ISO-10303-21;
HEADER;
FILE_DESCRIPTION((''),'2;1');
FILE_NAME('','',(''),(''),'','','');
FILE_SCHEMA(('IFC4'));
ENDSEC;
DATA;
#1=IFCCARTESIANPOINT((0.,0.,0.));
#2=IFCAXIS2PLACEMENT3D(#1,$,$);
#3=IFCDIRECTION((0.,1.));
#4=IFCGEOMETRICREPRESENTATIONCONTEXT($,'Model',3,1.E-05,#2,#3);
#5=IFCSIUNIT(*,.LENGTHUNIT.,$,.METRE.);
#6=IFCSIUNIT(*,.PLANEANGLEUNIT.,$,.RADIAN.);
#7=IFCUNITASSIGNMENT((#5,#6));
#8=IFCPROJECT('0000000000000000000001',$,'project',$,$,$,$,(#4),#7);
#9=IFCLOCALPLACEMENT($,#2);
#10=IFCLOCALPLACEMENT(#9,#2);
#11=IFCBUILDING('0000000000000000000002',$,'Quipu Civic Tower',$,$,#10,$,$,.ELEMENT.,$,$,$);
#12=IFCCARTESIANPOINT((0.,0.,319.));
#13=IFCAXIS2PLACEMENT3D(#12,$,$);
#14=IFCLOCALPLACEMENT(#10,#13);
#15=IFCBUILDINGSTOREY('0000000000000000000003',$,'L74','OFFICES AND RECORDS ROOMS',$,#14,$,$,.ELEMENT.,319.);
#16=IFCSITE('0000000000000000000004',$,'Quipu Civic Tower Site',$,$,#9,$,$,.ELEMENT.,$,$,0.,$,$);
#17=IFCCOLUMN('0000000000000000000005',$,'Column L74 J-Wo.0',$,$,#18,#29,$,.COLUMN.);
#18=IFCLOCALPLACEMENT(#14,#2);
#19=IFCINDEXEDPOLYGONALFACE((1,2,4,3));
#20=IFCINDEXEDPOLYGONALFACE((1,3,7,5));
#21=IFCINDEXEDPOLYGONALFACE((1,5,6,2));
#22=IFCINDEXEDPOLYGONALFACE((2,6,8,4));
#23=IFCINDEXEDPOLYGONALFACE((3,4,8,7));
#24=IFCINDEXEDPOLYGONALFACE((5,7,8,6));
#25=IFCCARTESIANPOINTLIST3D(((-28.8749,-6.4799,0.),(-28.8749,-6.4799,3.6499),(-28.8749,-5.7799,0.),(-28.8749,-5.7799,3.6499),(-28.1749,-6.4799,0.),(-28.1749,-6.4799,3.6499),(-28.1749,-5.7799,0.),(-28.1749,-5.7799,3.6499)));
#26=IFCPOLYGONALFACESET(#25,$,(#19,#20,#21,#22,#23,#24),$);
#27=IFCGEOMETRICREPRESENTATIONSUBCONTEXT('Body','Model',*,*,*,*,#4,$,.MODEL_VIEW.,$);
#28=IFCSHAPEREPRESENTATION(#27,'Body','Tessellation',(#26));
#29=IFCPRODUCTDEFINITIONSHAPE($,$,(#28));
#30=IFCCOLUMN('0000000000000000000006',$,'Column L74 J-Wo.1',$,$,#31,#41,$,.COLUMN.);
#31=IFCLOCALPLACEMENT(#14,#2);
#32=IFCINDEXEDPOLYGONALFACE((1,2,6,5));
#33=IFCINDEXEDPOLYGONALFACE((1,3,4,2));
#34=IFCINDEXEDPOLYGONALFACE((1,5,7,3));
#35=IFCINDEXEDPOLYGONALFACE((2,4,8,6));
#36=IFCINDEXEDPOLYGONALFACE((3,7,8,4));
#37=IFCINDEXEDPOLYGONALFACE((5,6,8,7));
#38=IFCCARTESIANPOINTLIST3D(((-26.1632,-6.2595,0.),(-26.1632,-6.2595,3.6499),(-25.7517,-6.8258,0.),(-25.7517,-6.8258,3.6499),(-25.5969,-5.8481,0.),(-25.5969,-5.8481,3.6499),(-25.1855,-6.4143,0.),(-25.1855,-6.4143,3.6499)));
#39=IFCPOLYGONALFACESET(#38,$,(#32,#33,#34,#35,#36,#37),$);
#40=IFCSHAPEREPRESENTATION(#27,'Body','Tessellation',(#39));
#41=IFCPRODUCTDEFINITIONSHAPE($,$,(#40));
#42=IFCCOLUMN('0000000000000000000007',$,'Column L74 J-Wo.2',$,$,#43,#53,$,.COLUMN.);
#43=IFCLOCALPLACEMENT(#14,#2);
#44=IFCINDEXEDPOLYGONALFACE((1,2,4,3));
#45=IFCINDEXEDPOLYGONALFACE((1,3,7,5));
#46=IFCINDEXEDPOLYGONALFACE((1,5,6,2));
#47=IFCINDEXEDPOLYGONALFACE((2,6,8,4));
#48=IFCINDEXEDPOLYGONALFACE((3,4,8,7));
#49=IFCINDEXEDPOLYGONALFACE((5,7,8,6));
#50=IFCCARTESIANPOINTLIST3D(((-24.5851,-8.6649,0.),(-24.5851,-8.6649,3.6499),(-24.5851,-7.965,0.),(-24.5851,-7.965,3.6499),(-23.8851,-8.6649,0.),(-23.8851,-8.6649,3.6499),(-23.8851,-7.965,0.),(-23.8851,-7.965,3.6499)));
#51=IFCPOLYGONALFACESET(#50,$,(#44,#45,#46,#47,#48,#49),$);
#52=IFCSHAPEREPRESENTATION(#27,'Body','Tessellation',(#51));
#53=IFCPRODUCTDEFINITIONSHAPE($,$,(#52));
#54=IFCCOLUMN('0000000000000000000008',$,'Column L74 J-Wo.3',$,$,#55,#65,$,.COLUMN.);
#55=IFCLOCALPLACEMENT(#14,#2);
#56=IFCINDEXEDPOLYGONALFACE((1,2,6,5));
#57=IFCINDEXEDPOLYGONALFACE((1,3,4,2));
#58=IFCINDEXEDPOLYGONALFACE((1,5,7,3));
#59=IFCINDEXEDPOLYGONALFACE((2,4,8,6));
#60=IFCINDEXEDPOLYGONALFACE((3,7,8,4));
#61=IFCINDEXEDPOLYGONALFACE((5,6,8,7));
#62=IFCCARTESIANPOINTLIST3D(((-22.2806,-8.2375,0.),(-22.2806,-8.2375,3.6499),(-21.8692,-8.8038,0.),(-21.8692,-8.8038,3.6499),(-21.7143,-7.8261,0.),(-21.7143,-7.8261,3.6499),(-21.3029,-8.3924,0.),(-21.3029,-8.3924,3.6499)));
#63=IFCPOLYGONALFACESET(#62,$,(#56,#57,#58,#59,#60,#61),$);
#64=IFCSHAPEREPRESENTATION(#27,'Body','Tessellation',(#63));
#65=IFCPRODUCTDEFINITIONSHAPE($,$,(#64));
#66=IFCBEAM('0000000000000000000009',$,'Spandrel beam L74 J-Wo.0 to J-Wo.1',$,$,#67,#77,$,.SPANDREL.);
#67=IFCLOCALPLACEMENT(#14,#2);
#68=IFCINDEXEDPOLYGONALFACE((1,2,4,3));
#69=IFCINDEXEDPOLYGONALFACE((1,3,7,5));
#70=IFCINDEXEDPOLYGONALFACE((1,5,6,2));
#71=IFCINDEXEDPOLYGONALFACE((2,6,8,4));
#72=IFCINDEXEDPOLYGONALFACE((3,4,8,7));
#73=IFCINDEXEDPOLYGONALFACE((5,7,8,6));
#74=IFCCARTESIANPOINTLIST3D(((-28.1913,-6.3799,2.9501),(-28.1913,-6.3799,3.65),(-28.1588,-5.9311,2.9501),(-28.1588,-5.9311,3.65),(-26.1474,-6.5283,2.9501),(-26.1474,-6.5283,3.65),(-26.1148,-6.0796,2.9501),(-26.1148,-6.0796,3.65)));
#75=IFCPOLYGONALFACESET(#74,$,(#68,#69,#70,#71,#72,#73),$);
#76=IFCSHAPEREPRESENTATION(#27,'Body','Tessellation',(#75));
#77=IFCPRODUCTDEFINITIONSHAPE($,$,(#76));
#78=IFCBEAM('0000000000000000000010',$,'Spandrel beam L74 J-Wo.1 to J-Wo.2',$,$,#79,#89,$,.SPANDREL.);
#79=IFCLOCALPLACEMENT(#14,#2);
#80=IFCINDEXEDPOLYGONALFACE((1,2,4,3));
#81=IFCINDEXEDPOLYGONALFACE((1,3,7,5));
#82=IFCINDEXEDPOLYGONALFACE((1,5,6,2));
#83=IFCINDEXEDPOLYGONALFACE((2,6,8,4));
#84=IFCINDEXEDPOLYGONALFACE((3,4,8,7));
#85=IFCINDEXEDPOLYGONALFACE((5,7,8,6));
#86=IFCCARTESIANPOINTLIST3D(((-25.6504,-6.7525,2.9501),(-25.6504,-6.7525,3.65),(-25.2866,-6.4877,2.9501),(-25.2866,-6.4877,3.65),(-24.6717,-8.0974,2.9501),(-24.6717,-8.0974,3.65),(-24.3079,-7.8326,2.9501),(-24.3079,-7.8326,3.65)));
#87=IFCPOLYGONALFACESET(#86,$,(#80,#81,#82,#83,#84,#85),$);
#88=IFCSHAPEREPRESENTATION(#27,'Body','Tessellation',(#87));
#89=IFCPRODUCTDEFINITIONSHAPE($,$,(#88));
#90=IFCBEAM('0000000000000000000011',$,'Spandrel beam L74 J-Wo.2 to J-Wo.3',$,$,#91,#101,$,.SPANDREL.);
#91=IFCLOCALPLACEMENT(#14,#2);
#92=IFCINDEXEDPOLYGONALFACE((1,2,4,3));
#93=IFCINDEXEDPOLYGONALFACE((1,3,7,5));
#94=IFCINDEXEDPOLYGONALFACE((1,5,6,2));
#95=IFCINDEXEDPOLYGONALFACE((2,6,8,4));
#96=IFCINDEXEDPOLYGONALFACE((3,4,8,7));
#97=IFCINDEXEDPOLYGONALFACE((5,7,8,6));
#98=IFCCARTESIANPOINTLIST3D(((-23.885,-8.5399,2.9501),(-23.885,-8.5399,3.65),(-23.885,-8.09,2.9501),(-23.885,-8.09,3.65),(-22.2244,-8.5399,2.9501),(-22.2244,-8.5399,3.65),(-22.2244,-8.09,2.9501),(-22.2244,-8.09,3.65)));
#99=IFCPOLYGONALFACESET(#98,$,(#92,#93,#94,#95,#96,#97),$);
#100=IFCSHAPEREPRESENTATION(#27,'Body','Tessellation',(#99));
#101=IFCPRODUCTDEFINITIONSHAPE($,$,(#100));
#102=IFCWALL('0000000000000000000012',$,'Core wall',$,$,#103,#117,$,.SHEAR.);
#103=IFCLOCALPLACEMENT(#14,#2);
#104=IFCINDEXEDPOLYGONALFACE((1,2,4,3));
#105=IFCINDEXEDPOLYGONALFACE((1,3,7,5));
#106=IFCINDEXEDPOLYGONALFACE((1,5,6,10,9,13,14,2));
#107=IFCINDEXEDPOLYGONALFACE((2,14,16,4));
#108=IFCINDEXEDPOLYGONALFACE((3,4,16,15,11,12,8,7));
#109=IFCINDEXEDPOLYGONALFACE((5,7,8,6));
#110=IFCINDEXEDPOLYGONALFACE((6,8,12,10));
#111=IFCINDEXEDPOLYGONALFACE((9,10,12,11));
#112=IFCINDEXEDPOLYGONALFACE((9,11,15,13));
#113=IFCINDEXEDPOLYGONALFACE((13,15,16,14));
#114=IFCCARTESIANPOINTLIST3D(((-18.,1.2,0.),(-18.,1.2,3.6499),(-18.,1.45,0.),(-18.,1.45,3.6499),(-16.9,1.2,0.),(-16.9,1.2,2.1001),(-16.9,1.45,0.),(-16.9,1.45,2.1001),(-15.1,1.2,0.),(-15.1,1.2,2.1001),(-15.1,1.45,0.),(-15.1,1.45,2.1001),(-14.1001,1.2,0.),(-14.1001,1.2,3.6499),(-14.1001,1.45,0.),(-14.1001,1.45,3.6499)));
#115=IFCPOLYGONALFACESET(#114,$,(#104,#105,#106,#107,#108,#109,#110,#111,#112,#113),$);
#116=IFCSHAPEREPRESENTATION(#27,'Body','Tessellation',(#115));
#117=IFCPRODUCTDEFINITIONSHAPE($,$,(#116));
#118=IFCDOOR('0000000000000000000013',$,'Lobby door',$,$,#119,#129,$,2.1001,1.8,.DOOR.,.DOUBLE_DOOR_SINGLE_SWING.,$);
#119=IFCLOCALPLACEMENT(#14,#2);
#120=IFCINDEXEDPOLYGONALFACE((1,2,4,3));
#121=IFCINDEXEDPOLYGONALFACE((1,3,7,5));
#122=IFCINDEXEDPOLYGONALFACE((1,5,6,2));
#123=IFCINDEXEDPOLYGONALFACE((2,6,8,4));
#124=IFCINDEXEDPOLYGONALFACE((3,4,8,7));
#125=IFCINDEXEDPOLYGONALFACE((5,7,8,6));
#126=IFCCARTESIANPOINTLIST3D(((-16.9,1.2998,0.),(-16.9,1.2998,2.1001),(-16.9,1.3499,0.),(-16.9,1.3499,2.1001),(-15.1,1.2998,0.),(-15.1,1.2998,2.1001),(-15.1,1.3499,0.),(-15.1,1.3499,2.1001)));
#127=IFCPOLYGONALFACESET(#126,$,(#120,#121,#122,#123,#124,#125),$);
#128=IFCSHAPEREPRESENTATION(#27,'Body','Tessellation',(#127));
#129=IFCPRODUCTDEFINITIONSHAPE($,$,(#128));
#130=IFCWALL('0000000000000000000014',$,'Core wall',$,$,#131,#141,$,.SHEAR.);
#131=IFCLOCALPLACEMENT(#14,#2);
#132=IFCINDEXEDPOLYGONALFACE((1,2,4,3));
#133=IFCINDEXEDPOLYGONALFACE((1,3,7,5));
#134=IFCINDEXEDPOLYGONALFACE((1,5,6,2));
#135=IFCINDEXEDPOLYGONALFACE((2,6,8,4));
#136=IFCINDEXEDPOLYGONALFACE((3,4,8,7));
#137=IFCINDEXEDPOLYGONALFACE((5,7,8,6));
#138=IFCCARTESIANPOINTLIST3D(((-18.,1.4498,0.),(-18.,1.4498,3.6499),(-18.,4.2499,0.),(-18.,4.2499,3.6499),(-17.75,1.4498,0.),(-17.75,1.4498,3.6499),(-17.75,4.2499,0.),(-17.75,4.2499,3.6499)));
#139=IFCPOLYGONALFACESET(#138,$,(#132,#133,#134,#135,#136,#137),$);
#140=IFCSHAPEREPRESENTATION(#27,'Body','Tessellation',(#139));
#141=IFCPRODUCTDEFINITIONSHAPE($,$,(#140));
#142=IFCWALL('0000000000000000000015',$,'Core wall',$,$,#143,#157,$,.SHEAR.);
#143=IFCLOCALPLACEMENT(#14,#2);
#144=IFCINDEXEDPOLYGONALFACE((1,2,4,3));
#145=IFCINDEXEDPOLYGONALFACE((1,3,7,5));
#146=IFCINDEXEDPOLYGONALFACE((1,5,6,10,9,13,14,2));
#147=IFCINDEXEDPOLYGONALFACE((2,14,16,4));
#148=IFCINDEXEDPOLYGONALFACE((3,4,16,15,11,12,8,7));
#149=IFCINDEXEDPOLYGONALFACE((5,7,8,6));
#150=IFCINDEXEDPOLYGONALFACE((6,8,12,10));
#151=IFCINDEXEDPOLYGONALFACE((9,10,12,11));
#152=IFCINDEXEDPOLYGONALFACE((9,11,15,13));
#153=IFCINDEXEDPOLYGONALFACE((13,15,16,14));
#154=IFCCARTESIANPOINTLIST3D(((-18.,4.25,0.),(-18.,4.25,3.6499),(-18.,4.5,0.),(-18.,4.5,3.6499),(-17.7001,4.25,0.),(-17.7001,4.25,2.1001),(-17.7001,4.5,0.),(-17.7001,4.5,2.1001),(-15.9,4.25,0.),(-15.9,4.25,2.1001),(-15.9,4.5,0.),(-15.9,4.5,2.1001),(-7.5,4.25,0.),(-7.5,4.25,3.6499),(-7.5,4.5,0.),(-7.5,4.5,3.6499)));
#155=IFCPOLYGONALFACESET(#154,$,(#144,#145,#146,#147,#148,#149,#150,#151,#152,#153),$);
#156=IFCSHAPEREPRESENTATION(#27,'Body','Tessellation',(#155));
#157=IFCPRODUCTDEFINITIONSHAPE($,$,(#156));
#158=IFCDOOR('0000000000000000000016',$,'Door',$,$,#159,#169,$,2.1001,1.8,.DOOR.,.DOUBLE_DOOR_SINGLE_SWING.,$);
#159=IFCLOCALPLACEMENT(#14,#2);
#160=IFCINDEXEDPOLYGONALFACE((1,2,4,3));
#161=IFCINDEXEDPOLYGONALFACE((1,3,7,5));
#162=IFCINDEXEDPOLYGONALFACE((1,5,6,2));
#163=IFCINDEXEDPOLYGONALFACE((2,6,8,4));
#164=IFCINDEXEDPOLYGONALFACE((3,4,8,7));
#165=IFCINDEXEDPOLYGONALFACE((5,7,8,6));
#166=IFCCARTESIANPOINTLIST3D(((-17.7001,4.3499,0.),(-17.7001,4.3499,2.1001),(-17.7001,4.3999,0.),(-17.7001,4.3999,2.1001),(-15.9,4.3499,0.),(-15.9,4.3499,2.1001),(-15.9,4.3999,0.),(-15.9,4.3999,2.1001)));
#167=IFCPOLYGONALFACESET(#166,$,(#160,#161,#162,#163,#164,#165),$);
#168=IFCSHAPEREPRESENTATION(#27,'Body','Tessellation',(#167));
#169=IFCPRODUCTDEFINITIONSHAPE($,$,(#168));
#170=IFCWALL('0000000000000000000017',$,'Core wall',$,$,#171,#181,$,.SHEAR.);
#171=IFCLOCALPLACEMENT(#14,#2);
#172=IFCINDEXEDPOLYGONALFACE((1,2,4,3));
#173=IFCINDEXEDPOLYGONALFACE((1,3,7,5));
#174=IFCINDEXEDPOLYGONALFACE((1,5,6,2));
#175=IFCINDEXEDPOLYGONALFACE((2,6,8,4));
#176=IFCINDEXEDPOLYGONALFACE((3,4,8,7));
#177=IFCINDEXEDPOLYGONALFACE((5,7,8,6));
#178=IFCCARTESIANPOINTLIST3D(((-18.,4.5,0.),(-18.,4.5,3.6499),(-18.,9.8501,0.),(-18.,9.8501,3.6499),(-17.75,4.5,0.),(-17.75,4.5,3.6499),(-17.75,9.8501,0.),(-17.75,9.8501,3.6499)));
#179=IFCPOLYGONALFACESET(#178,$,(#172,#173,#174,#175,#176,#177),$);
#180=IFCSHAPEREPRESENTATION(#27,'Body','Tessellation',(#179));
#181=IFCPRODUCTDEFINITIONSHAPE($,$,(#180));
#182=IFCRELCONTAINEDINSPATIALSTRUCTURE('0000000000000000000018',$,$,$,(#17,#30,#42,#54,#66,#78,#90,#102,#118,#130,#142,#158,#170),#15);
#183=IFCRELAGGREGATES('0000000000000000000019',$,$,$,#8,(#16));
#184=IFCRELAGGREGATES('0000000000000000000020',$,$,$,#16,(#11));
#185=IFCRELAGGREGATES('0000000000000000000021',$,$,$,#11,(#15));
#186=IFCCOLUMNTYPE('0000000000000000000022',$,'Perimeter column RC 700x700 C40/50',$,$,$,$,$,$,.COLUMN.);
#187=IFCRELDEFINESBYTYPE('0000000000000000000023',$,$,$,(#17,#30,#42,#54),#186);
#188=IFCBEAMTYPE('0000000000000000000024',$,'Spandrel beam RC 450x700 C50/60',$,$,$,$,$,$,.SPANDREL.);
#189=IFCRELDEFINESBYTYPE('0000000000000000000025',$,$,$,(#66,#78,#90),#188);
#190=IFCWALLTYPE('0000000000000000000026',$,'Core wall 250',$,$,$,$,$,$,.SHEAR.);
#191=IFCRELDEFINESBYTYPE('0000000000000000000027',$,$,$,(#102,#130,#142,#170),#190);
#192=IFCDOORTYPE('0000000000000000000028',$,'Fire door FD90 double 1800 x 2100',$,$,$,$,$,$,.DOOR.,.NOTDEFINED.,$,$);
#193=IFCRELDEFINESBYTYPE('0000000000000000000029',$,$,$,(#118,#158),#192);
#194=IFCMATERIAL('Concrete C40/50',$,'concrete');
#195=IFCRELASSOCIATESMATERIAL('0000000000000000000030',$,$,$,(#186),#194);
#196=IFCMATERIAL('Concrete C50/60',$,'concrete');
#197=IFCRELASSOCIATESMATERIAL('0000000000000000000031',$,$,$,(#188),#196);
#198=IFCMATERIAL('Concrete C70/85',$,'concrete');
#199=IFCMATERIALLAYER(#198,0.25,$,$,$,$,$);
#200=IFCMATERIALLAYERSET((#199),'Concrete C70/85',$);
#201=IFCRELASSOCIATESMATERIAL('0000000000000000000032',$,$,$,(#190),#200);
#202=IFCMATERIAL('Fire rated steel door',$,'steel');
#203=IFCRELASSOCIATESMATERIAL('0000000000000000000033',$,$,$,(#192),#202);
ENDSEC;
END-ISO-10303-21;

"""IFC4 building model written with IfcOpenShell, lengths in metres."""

from ifc_helpers import new_model, si_unit, direction, frame, frame_2d, origin, origin_2d, place, context, subcontext, project, spatial, rectangle, extrude, material, layer, layer_set, material_profile, profile_set, type_object, element, fill, save


model = new_model("IFC4")

# Units and contexts
model_context = context("Model", 3, precision=1e-05, world=origin(), true_north=direction((0.0, 1.0)))
body_context = subcontext(model_context, "Body", "Model", "MODEL_VIEW")
ifc_project = project(units=[si_unit("LENGTHUNIT", "METRE"), si_unit("PLANEANGLEUNIT", "RADIAN")], contexts=[model_context])

# Site, building, storey
site_placement = place(None, origin())
site = spatial("IfcSite", under=ifc_project, at=site_placement, Name="Quipu Civic Tower Site", CompositionType="ELEMENT", RefElevation=0.0)
building_placement = place(site_placement, origin())
building = spatial("IfcBuilding", under=site, at=building_placement, Name="Quipu Civic Tower", CompositionType="ELEMENT")
storey_placement = place(building_placement, frame((0.0, 0.0, 319.0)))
storey = spatial("IfcBuildingStorey", under=building, at=storey_placement, Name="L74", Description="OFFICES AND RECORDS ROOMS", CompositionType="ELEMENT", Elevation=319.0)

# Columns
ifc_material_1 = material(Name="Concrete C40/50", Category="concrete")
ifc_material_profile_1 = material_profile(ifc_material_1, rectangle(XDim=0.7, YDim=0.7, at=origin_2d()), Name="RC700x700")
ifc_profile_set_1 = profile_set([ifc_material_profile_1], Name="Concrete C40/50")
column_type = type_object("IfcColumnType", Name="Perimeter column RC 700x700 C40/50", PredefinedType="COLUMN", material=ifc_profile_set_1)
for number, where, z_axis, x_axis, name in (
    (1, (-28.5249, -6.1299, 0.0), (0.0, 0.0, 1.0), (1.0, 0.0, 0.0), "Column L74 J-Wo.0"),
    (2, (-25.6743, -6.3369, 0.0), (0.0, 0.0, 1.0), (0.587785, -0.809017, 0.0), "Column L74 J-Wo.1"),
    (3, (-24.2351, -8.3149, 0.0), (0.0, 0.0, 1.0), (1.0, 0.0, 0.0), "Column L74 J-Wo.2"),
    (4, (-21.7917, -8.3149, 0.0), (0.0, 0.0, 1.0), (0.587785, -0.809017, 0.0), "Column L74 J-Wo.3"),
):
    element("IfcColumn", number, at=place(storey_placement, frame(where, z_axis=z_axis, x_axis=x_axis)), inside=storey, type_object=column_type, Name=name, PredefinedType="COLUMN", context=body_context, shape_type="SweptSolid", body=[
        extrude(rectangle(XDim=0.7, YDim=0.7, at=origin_2d()), origin(), (0.0, 0.0, 1.0), 3.6499),
    ])

# Beams
ifc_material_2 = material(Name="Concrete C50/60", Category="concrete")
ifc_material_profile_2 = material_profile(ifc_material_2, rectangle(XDim=0.45, YDim=0.7, at=origin_2d()), Name="RC450x700")
ifc_profile_set_2 = profile_set([ifc_material_profile_2], Name="Concrete C50/60")
beam_type = type_object("IfcBeamType", Name="Spandrel beam RC 450x700 C50/60", PredefinedType="SPANDREL", material=ifc_profile_set_2)
beam_1_placement = place(storey_placement, frame((-28.175, -6.1555, 3.3), z_axis=(0.997373, -0.072432, 0.0), x_axis=(0.072432, 0.997373, 0.0)))
element("IfcBeam", 5, at=beam_1_placement, inside=storey, type_object=beam_type, Name="Spandrel beam L74 J-Wo.0 to J-Wo.1", PredefinedType="SPANDREL", context=body_context, shape_type="SweptSolid", body=[
    extrude(rectangle(XDim=0.45, YDim=0.7, at=origin_2d()), origin(), (0.0, 0.0, 1.0), 2.0493),
])
beam_2_placement = place(storey_placement, frame((-25.4685, -6.6201, 3.3), z_axis=(0.588407, -0.808565, 0.0), x_axis=(0.808565, 0.588407, 0.0)))
element("IfcBeam", 6, at=beam_2_placement, inside=storey, type_object=beam_type, Name="Spandrel beam L74 J-Wo.1 to J-Wo.2", PredefinedType="SPANDREL", context=body_context, shape_type="SweptSolid", body=[
    extrude(rectangle(XDim=0.45, YDim=0.7, at=origin_2d()), origin(), (0.0, 0.0, 1.0), 1.6633),
])
beam_3_placement = place(storey_placement, frame((-23.885, -8.3149, 3.3), z_axis=(1.0, 0.0, 0.0), x_axis=(0.0, 1.0, 0.0)))
element("IfcBeam", 7, at=beam_3_placement, inside=storey, type_object=beam_type, Name="Spandrel beam L74 J-Wo.2 to J-Wo.3", PredefinedType="SPANDREL", context=body_context, shape_type="SweptSolid", body=[
    extrude(rectangle(XDim=0.45, YDim=0.7, at=origin_2d()), origin(), (0.0, 0.0, 1.0), 1.6606),
])

# Wall, opening, door
ifc_material_3 = material(Name="Concrete C70/85", Category="concrete")
ifc_layer_1 = layer(ifc_material_3, 0.25)
ifc_layer_set_1 = layer_set([ifc_layer_1], Name="Concrete C70/85")
wall_type_1 = type_object("IfcWallType", Name="Core wall 250", PredefinedType="SHEAR", material=ifc_layer_set_1)
wall_1_placement = place(storey_placement, frame((-18.0, 1.325, 0.0), z_axis=(0.0, 0.0, 1.0), x_axis=(1.0, 0.0, 0.0)))
wall_1 = element("IfcWall", 8, at=wall_1_placement, inside=storey, type_object=wall_type_1, Name="Core wall", PredefinedType="SHEAR", context=body_context, shape_type="SweptSolid", body=[
    extrude(rectangle(XDim=3.8999, YDim=0.25, at=frame_2d((1.95, 0.0))), origin(), (0.0, 0.0, 1.0), 3.6499),
])
opening_1_placement = place(wall_1_placement, frame((1.1001, 0.0, 0.0)))
opening_1 = element("IfcOpeningElement", 9, at=opening_1_placement, cuts=wall_1, PredefinedType="OPENING", context=body_context, shape_type="SweptSolid", body=[
    extrude(rectangle(XDim=1.8, YDim=2.1001, at=frame_2d((0.8999, 1.05))), frame((0.0, 0.135, 0.0), z_axis=(0.0, -1.0, 0.0), x_axis=(1.0, 0.0, 0.0)), (0.0, 0.0, 1.0), 0.27),
])
ifc_material_4 = material(Name="Fire rated steel door", Category="steel")
door_type_1 = type_object("IfcDoorType", Name="Fire door FD90 double 1800 x 2100", OperationType="NOTDEFINED", PredefinedType="DOOR", material=ifc_material_4)
door_1_placement = place(opening_1_placement, origin())
door_1 = element("IfcDoor", 10, at=door_1_placement, inside=storey, type_object=door_type_1, Name="Lobby door", OperationType="DOUBLE_DOOR_SINGLE_SWING", OverallHeight=2.1001, OverallWidth=1.8, PredefinedType="DOOR", context=body_context, shape_type="SweptSolid", body=[
    extrude(rectangle(XDim=1.8, YDim=2.1001, at=frame_2d((0.8999, 1.05))), frame((0.0, 0.0249, 0.0), z_axis=(0.0, -1.0, 0.0), x_axis=(1.0, 0.0, 0.0)), (0.0, 0.0, 1.0), 0.05),
])
fill(opening_1, door_1)

# Wall
wall_2_placement = place(storey_placement, frame((-17.875, 1.45, 0.0), z_axis=(0.0, 0.0, 1.0), x_axis=(0.0, 1.0, 0.0)))
element("IfcWall", 11, at=wall_2_placement, inside=storey, type_object=wall_type_1, Name="Core wall", PredefinedType="SHEAR", context=body_context, shape_type="SweptSolid", body=[
    extrude(rectangle(XDim=2.8, YDim=0.25, at=frame_2d((1.3999, 0.0))), origin(), (0.0, 0.0, 1.0), 3.6499),
])

# Wall, opening, door
wall_3_placement = place(storey_placement, frame((-18.0, 4.375, 0.0), z_axis=(0.0, 0.0, 1.0), x_axis=(1.0, 0.0, 0.0)))
wall_3 = element("IfcWall", 12, at=wall_3_placement, inside=storey, type_object=wall_type_1, Name="Core wall", PredefinedType="SHEAR", context=body_context, shape_type="SweptSolid", body=[
    extrude(rectangle(XDim=10.5, YDim=0.25, at=frame_2d((5.25, 0.0))), origin(), (0.0, 0.0, 1.0), 3.6499),
])
opening_2_placement = place(wall_3_placement, frame((0.3, 0.0, 0.0)))
opening_2 = element("IfcOpeningElement", 13, at=opening_2_placement, cuts=wall_3, PredefinedType="OPENING", context=body_context, shape_type="SweptSolid", body=[
    extrude(rectangle(XDim=1.8, YDim=2.1001, at=frame_2d((0.8999, 1.05))), frame((0.0, 0.135, 0.0), z_axis=(0.0, -1.0, 0.0), x_axis=(1.0, 0.0, 0.0)), (0.0, 0.0, 1.0), 0.27),
])
door_2_placement = place(opening_2_placement, origin())
door_2 = element("IfcDoor", 14, at=door_2_placement, inside=storey, type_object=door_type_1, Name="Door", OperationType="DOUBLE_DOOR_SINGLE_SWING", OverallHeight=2.1001, OverallWidth=1.8, PredefinedType="DOOR", context=body_context, shape_type="SweptSolid", body=[
    extrude(rectangle(XDim=1.8, YDim=2.1001, at=frame_2d((0.8999, 1.05))), frame((0.0, 0.0249, 0.0), z_axis=(0.0, -1.0, 0.0), x_axis=(1.0, 0.0, 0.0)), (0.0, 0.0, 1.0), 0.05),
])
fill(opening_2, door_2)

# Wall
wall_4_placement = place(storey_placement, frame((-17.875, 4.5, 0.0), z_axis=(0.0, 0.0, 1.0), x_axis=(0.0, 1.0, 0.0)))
element("IfcWall", 15, at=wall_4_placement, inside=storey, type_object=wall_type_1, Name="Core wall", PredefinedType="SHEAR", context=body_context, shape_type="SweptSolid", body=[
    extrude(rectangle(XDim=5.3501, YDim=0.25, at=frame_2d((2.675, 0.0))), origin(), (0.0, 0.0, 1.0), 3.6499),
])

save(model, "model.ifc")
